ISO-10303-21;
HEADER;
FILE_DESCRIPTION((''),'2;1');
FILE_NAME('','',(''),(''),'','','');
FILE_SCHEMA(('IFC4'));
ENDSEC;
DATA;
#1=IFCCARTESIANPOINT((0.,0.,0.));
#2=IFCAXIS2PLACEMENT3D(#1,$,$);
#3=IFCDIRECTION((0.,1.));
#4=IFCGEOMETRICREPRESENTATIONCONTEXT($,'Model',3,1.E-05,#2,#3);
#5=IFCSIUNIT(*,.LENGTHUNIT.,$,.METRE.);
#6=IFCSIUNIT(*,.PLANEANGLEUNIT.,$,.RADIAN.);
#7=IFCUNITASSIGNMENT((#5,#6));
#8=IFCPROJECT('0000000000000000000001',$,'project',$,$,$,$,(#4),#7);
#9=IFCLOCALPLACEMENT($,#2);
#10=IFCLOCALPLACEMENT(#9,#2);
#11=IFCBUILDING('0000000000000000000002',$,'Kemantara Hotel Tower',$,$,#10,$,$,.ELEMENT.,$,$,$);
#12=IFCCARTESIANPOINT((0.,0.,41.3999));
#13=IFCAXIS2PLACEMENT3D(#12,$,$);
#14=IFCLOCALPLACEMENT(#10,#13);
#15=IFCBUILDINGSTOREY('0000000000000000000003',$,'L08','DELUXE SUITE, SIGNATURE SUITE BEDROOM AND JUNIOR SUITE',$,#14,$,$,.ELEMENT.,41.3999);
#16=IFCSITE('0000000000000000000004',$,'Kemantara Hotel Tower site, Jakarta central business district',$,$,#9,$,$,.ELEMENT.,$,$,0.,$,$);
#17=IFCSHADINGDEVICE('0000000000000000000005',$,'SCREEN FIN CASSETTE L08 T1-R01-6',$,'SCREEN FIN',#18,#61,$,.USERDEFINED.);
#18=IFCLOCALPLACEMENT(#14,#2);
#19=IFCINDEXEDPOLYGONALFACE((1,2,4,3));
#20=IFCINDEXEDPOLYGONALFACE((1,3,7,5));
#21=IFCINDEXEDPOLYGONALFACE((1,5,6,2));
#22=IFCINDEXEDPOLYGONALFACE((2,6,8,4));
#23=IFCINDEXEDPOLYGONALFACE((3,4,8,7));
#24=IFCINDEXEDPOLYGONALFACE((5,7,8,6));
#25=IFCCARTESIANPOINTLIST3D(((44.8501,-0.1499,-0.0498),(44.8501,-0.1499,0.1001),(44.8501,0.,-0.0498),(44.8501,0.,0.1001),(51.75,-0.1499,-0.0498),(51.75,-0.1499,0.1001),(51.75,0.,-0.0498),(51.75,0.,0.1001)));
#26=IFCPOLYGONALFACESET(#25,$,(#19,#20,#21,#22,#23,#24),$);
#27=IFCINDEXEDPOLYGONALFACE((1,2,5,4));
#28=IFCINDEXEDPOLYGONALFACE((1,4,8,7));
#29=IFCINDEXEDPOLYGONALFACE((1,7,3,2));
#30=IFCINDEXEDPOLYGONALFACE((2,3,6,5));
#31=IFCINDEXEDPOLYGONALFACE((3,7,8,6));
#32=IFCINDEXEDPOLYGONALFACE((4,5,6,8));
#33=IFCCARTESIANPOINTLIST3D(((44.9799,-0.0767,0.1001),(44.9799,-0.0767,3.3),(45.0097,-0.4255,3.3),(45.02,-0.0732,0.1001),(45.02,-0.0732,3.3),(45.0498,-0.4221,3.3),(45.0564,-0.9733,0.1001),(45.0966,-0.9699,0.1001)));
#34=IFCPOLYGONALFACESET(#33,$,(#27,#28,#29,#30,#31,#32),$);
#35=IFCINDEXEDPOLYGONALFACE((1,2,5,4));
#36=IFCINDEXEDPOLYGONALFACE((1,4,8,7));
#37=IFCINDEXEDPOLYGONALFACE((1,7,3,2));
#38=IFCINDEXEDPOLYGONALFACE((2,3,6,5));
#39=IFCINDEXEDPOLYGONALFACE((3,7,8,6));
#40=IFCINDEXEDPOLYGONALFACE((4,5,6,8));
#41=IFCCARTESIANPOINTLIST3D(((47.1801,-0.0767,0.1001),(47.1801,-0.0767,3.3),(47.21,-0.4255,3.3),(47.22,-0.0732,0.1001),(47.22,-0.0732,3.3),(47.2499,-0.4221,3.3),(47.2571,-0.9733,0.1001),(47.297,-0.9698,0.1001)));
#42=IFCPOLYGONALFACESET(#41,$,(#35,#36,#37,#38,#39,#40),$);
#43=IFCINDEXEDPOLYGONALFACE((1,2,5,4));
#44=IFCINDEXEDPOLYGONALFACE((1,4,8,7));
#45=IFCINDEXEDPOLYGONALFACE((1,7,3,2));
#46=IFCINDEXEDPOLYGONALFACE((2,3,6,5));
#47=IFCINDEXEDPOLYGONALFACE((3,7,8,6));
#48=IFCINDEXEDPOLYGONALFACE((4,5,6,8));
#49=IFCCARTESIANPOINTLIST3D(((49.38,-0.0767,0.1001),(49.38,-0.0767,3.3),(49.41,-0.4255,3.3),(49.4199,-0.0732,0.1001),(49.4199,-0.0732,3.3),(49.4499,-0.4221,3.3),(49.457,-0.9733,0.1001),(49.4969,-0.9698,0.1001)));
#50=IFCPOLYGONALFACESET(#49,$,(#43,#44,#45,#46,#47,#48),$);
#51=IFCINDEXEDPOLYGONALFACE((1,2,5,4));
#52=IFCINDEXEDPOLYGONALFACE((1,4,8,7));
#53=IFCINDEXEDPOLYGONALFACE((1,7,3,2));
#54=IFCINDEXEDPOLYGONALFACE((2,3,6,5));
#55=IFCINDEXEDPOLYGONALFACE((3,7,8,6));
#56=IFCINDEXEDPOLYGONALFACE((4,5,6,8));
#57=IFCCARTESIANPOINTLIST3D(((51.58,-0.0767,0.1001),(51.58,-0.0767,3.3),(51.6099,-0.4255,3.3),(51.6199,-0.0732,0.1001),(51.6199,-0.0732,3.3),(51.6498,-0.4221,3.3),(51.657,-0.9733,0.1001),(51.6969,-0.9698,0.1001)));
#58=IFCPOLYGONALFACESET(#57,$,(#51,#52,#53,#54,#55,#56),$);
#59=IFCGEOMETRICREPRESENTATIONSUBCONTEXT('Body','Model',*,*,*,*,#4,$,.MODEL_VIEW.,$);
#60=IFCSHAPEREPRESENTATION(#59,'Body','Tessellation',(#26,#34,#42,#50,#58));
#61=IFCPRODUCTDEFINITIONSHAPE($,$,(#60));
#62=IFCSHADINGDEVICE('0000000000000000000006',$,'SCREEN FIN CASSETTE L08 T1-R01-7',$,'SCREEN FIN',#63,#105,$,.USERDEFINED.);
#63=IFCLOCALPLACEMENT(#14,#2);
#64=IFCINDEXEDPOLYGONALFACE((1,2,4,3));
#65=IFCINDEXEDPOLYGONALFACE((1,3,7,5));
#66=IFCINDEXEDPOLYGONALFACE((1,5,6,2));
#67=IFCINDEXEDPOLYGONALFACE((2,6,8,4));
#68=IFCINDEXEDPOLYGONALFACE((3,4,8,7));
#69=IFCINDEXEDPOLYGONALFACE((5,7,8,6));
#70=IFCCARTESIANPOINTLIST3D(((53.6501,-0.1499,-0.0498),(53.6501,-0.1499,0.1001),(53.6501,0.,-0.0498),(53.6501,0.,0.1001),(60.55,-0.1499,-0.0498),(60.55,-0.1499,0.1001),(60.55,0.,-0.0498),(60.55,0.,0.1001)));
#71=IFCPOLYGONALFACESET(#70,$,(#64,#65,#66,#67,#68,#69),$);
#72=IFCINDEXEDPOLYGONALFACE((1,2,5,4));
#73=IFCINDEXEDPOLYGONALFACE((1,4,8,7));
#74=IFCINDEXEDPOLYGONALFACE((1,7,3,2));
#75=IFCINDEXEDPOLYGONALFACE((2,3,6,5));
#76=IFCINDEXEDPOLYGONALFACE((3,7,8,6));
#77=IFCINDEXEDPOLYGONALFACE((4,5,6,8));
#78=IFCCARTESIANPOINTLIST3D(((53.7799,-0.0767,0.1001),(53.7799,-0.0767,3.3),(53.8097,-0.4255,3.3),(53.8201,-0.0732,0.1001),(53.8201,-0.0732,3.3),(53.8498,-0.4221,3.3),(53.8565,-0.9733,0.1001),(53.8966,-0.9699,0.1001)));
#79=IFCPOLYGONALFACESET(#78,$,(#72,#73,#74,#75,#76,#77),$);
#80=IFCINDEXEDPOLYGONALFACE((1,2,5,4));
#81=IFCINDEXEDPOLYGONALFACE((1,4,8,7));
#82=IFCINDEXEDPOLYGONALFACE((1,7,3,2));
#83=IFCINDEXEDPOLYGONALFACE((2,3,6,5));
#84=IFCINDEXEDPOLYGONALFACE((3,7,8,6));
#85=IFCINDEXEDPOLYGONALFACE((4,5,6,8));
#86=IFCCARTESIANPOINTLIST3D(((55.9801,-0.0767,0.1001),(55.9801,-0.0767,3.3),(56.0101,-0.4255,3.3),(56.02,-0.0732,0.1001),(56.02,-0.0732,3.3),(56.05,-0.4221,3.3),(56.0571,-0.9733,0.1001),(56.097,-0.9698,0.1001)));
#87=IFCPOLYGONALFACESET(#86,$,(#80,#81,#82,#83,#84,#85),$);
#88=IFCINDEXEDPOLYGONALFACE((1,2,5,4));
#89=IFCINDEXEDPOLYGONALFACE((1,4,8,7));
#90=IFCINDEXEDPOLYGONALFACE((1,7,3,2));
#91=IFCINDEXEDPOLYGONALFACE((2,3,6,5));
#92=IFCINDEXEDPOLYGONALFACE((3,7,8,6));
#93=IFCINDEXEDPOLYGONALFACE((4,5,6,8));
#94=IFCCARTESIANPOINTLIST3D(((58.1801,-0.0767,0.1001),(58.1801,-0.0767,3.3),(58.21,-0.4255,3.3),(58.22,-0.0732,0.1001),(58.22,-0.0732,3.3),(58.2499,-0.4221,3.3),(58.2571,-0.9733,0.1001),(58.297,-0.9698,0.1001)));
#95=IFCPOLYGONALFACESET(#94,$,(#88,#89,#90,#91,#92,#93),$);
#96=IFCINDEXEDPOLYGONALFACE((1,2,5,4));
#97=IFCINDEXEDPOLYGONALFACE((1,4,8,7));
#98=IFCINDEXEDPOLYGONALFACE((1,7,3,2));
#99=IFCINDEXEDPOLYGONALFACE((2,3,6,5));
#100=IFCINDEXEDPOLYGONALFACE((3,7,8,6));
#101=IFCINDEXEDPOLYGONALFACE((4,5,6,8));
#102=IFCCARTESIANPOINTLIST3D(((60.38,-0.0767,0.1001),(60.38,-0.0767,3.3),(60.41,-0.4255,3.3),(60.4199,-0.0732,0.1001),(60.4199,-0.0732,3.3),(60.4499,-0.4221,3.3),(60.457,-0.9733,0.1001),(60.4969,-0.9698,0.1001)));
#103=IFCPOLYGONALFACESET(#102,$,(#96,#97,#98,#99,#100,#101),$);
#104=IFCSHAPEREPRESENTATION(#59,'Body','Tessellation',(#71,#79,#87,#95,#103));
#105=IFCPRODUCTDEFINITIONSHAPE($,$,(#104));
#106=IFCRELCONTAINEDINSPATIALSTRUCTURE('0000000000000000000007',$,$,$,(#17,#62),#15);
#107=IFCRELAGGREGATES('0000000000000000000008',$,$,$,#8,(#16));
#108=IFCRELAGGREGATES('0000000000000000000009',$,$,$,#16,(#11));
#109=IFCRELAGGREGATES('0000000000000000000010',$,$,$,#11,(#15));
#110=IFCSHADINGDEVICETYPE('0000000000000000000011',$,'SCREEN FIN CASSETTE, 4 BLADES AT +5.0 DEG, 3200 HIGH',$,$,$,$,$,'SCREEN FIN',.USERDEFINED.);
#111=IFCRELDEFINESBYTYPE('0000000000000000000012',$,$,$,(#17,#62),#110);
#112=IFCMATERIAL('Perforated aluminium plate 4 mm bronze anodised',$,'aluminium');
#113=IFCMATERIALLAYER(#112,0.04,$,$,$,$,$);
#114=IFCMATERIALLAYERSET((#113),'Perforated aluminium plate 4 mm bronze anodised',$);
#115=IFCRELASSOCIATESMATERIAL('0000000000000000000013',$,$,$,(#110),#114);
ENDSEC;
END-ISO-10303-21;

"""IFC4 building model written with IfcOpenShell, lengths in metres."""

from ifc_helpers import new_model, si_unit, direction, frame, origin, origin_2d, place, context, subcontext, project, spatial, polyline, rectangle, outline, extrude, source, transform, mapped, material, layer, layer_set, type_object, element, save


model = new_model("IFC4")

# Units and contexts
model_context = context("Model", 3, precision=1e-05, world=origin(), true_north=direction((0.0, 1.0)))
body_context = subcontext(model_context, "Body", "Model", "MODEL_VIEW")
ifc_project = project(units=[si_unit("LENGTHUNIT", "METRE"), si_unit("PLANEANGLEUNIT", "RADIAN")], contexts=[model_context])

# Site, building, storey
site_placement = place(None, origin())
site = spatial("IfcSite", under=ifc_project, at=site_placement, Name="Kemantara Hotel Tower site, Jakarta central business district", CompositionType="ELEMENT", RefElevation=0.0)
building_placement = place(site_placement, origin())
building = spatial("IfcBuilding", under=site, at=building_placement, Name="Kemantara Hotel Tower", CompositionType="ELEMENT")
storey_placement = place(building_placement, frame((0.0, 0.0, 41.3999)))
storey = spatial("IfcBuildingStorey", under=building, at=storey_placement, Name="L08", Description="DELUXE SUITE, SIGNATURE SUITE BEDROOM AND JUNIOR SUITE", CompositionType="ELEMENT", Elevation=41.3999)

# Shading devices
ifc_material_1 = material(Name="Perforated aluminium plate 4 mm bronze anodised", Category="aluminium")
ifc_layer_1 = layer(ifc_material_1, 0.04)
ifc_layer_set_1 = layer_set([ifc_layer_1], Name="Perforated aluminium plate 4 mm bronze anodised")
shading_device_type = type_object("IfcShadingDeviceType", Name="SCREEN FIN CASSETTE, 4 BLADES AT +5.0 DEG, 3200 HIGH", ElementType="SCREEN FIN", PredefinedType="USERDEFINED", material=ifc_layer_set_1)
shared_shape = source(origin(), body_context, "Body", "SweptSolid", [
    extrude(rectangle(XDim=6.8999, YDim=0.1499, at=origin_2d()), frame((3.3, -0.075, -0.1499), z_axis=(0.0, 0.0, 1.0), x_axis=(1.0, 0.0, 0.0)), (0.0, 0.0, 1.0), 0.1499),
    extrude(outline(polyline([(0.0, 0.0), (0.8999, 0.0), (0.3501, 3.2), (0.0, 3.2), (0.0, 0.0)])), frame((0.02, -0.0732, 0.0), z_axis=(-0.996376, -0.085056, 0.0), x_axis=(0.085056, -0.996376, 0.0)), (0.0, 0.0, 1.0), 0.0403),
    extrude(outline(polyline([(0.0, 0.0), (0.8999, 0.0), (0.3501, 3.2), (0.0, 3.2), (0.0, 0.0)])), frame((2.22, -0.0732, 0.0), z_axis=(-0.996332, -0.085575, 0.0), x_axis=(0.085575, -0.996332, 0.0)), (0.0, 0.0, 1.0), 0.04),
    extrude(outline(polyline([(0.0, 0.0), (0.8999, 0.0), (0.3501, 3.2), (0.0, 3.2), (0.0, 0.0)])), frame((4.4199, -0.0732, 0.0), z_axis=(-0.996332, -0.085575, 0.0), x_axis=(0.085575, -0.996332, 0.0)), (0.0, 0.0, 1.0), 0.04),
    extrude(outline(polyline([(0.0, 0.0), (0.8999, 0.0), (0.3501, 3.2), (0.0, 3.2), (0.0, 0.0)])), frame((6.6199, -0.0732, 0.0), z_axis=(-0.996332, -0.085575, 0.0), x_axis=(0.085575, -0.996332, 0.0)), (0.0, 0.0, 1.0), 0.04),
])
for number, where, z_axis, x_axis, name in (
    (1, (45.0, 0.0, 0.1001), (0.0, 0.0, 1.0), (1.0, 0.0, 0.0), "SCREEN FIN CASSETTE L08 T1-R01-6"),
    (2, (53.8, 0.0, 0.1001), (0.0, 0.0, 1.0), (1.0, 0.0, 0.0), "SCREEN FIN CASSETTE L08 T1-R01-7"),
):
    element("IfcShadingDevice", number, at=place(storey_placement, frame(where, z_axis=z_axis, x_axis=x_axis)), inside=storey, type_object=shading_device_type, Name=name, ObjectType="SCREEN FIN", PredefinedType="USERDEFINED", context=body_context, shape_type="MappedRepresentation", body=[
        mapped(shared_shape, transform((0.0, 0.0, 0.0))),
    ])

save(model, "model.ifc")
